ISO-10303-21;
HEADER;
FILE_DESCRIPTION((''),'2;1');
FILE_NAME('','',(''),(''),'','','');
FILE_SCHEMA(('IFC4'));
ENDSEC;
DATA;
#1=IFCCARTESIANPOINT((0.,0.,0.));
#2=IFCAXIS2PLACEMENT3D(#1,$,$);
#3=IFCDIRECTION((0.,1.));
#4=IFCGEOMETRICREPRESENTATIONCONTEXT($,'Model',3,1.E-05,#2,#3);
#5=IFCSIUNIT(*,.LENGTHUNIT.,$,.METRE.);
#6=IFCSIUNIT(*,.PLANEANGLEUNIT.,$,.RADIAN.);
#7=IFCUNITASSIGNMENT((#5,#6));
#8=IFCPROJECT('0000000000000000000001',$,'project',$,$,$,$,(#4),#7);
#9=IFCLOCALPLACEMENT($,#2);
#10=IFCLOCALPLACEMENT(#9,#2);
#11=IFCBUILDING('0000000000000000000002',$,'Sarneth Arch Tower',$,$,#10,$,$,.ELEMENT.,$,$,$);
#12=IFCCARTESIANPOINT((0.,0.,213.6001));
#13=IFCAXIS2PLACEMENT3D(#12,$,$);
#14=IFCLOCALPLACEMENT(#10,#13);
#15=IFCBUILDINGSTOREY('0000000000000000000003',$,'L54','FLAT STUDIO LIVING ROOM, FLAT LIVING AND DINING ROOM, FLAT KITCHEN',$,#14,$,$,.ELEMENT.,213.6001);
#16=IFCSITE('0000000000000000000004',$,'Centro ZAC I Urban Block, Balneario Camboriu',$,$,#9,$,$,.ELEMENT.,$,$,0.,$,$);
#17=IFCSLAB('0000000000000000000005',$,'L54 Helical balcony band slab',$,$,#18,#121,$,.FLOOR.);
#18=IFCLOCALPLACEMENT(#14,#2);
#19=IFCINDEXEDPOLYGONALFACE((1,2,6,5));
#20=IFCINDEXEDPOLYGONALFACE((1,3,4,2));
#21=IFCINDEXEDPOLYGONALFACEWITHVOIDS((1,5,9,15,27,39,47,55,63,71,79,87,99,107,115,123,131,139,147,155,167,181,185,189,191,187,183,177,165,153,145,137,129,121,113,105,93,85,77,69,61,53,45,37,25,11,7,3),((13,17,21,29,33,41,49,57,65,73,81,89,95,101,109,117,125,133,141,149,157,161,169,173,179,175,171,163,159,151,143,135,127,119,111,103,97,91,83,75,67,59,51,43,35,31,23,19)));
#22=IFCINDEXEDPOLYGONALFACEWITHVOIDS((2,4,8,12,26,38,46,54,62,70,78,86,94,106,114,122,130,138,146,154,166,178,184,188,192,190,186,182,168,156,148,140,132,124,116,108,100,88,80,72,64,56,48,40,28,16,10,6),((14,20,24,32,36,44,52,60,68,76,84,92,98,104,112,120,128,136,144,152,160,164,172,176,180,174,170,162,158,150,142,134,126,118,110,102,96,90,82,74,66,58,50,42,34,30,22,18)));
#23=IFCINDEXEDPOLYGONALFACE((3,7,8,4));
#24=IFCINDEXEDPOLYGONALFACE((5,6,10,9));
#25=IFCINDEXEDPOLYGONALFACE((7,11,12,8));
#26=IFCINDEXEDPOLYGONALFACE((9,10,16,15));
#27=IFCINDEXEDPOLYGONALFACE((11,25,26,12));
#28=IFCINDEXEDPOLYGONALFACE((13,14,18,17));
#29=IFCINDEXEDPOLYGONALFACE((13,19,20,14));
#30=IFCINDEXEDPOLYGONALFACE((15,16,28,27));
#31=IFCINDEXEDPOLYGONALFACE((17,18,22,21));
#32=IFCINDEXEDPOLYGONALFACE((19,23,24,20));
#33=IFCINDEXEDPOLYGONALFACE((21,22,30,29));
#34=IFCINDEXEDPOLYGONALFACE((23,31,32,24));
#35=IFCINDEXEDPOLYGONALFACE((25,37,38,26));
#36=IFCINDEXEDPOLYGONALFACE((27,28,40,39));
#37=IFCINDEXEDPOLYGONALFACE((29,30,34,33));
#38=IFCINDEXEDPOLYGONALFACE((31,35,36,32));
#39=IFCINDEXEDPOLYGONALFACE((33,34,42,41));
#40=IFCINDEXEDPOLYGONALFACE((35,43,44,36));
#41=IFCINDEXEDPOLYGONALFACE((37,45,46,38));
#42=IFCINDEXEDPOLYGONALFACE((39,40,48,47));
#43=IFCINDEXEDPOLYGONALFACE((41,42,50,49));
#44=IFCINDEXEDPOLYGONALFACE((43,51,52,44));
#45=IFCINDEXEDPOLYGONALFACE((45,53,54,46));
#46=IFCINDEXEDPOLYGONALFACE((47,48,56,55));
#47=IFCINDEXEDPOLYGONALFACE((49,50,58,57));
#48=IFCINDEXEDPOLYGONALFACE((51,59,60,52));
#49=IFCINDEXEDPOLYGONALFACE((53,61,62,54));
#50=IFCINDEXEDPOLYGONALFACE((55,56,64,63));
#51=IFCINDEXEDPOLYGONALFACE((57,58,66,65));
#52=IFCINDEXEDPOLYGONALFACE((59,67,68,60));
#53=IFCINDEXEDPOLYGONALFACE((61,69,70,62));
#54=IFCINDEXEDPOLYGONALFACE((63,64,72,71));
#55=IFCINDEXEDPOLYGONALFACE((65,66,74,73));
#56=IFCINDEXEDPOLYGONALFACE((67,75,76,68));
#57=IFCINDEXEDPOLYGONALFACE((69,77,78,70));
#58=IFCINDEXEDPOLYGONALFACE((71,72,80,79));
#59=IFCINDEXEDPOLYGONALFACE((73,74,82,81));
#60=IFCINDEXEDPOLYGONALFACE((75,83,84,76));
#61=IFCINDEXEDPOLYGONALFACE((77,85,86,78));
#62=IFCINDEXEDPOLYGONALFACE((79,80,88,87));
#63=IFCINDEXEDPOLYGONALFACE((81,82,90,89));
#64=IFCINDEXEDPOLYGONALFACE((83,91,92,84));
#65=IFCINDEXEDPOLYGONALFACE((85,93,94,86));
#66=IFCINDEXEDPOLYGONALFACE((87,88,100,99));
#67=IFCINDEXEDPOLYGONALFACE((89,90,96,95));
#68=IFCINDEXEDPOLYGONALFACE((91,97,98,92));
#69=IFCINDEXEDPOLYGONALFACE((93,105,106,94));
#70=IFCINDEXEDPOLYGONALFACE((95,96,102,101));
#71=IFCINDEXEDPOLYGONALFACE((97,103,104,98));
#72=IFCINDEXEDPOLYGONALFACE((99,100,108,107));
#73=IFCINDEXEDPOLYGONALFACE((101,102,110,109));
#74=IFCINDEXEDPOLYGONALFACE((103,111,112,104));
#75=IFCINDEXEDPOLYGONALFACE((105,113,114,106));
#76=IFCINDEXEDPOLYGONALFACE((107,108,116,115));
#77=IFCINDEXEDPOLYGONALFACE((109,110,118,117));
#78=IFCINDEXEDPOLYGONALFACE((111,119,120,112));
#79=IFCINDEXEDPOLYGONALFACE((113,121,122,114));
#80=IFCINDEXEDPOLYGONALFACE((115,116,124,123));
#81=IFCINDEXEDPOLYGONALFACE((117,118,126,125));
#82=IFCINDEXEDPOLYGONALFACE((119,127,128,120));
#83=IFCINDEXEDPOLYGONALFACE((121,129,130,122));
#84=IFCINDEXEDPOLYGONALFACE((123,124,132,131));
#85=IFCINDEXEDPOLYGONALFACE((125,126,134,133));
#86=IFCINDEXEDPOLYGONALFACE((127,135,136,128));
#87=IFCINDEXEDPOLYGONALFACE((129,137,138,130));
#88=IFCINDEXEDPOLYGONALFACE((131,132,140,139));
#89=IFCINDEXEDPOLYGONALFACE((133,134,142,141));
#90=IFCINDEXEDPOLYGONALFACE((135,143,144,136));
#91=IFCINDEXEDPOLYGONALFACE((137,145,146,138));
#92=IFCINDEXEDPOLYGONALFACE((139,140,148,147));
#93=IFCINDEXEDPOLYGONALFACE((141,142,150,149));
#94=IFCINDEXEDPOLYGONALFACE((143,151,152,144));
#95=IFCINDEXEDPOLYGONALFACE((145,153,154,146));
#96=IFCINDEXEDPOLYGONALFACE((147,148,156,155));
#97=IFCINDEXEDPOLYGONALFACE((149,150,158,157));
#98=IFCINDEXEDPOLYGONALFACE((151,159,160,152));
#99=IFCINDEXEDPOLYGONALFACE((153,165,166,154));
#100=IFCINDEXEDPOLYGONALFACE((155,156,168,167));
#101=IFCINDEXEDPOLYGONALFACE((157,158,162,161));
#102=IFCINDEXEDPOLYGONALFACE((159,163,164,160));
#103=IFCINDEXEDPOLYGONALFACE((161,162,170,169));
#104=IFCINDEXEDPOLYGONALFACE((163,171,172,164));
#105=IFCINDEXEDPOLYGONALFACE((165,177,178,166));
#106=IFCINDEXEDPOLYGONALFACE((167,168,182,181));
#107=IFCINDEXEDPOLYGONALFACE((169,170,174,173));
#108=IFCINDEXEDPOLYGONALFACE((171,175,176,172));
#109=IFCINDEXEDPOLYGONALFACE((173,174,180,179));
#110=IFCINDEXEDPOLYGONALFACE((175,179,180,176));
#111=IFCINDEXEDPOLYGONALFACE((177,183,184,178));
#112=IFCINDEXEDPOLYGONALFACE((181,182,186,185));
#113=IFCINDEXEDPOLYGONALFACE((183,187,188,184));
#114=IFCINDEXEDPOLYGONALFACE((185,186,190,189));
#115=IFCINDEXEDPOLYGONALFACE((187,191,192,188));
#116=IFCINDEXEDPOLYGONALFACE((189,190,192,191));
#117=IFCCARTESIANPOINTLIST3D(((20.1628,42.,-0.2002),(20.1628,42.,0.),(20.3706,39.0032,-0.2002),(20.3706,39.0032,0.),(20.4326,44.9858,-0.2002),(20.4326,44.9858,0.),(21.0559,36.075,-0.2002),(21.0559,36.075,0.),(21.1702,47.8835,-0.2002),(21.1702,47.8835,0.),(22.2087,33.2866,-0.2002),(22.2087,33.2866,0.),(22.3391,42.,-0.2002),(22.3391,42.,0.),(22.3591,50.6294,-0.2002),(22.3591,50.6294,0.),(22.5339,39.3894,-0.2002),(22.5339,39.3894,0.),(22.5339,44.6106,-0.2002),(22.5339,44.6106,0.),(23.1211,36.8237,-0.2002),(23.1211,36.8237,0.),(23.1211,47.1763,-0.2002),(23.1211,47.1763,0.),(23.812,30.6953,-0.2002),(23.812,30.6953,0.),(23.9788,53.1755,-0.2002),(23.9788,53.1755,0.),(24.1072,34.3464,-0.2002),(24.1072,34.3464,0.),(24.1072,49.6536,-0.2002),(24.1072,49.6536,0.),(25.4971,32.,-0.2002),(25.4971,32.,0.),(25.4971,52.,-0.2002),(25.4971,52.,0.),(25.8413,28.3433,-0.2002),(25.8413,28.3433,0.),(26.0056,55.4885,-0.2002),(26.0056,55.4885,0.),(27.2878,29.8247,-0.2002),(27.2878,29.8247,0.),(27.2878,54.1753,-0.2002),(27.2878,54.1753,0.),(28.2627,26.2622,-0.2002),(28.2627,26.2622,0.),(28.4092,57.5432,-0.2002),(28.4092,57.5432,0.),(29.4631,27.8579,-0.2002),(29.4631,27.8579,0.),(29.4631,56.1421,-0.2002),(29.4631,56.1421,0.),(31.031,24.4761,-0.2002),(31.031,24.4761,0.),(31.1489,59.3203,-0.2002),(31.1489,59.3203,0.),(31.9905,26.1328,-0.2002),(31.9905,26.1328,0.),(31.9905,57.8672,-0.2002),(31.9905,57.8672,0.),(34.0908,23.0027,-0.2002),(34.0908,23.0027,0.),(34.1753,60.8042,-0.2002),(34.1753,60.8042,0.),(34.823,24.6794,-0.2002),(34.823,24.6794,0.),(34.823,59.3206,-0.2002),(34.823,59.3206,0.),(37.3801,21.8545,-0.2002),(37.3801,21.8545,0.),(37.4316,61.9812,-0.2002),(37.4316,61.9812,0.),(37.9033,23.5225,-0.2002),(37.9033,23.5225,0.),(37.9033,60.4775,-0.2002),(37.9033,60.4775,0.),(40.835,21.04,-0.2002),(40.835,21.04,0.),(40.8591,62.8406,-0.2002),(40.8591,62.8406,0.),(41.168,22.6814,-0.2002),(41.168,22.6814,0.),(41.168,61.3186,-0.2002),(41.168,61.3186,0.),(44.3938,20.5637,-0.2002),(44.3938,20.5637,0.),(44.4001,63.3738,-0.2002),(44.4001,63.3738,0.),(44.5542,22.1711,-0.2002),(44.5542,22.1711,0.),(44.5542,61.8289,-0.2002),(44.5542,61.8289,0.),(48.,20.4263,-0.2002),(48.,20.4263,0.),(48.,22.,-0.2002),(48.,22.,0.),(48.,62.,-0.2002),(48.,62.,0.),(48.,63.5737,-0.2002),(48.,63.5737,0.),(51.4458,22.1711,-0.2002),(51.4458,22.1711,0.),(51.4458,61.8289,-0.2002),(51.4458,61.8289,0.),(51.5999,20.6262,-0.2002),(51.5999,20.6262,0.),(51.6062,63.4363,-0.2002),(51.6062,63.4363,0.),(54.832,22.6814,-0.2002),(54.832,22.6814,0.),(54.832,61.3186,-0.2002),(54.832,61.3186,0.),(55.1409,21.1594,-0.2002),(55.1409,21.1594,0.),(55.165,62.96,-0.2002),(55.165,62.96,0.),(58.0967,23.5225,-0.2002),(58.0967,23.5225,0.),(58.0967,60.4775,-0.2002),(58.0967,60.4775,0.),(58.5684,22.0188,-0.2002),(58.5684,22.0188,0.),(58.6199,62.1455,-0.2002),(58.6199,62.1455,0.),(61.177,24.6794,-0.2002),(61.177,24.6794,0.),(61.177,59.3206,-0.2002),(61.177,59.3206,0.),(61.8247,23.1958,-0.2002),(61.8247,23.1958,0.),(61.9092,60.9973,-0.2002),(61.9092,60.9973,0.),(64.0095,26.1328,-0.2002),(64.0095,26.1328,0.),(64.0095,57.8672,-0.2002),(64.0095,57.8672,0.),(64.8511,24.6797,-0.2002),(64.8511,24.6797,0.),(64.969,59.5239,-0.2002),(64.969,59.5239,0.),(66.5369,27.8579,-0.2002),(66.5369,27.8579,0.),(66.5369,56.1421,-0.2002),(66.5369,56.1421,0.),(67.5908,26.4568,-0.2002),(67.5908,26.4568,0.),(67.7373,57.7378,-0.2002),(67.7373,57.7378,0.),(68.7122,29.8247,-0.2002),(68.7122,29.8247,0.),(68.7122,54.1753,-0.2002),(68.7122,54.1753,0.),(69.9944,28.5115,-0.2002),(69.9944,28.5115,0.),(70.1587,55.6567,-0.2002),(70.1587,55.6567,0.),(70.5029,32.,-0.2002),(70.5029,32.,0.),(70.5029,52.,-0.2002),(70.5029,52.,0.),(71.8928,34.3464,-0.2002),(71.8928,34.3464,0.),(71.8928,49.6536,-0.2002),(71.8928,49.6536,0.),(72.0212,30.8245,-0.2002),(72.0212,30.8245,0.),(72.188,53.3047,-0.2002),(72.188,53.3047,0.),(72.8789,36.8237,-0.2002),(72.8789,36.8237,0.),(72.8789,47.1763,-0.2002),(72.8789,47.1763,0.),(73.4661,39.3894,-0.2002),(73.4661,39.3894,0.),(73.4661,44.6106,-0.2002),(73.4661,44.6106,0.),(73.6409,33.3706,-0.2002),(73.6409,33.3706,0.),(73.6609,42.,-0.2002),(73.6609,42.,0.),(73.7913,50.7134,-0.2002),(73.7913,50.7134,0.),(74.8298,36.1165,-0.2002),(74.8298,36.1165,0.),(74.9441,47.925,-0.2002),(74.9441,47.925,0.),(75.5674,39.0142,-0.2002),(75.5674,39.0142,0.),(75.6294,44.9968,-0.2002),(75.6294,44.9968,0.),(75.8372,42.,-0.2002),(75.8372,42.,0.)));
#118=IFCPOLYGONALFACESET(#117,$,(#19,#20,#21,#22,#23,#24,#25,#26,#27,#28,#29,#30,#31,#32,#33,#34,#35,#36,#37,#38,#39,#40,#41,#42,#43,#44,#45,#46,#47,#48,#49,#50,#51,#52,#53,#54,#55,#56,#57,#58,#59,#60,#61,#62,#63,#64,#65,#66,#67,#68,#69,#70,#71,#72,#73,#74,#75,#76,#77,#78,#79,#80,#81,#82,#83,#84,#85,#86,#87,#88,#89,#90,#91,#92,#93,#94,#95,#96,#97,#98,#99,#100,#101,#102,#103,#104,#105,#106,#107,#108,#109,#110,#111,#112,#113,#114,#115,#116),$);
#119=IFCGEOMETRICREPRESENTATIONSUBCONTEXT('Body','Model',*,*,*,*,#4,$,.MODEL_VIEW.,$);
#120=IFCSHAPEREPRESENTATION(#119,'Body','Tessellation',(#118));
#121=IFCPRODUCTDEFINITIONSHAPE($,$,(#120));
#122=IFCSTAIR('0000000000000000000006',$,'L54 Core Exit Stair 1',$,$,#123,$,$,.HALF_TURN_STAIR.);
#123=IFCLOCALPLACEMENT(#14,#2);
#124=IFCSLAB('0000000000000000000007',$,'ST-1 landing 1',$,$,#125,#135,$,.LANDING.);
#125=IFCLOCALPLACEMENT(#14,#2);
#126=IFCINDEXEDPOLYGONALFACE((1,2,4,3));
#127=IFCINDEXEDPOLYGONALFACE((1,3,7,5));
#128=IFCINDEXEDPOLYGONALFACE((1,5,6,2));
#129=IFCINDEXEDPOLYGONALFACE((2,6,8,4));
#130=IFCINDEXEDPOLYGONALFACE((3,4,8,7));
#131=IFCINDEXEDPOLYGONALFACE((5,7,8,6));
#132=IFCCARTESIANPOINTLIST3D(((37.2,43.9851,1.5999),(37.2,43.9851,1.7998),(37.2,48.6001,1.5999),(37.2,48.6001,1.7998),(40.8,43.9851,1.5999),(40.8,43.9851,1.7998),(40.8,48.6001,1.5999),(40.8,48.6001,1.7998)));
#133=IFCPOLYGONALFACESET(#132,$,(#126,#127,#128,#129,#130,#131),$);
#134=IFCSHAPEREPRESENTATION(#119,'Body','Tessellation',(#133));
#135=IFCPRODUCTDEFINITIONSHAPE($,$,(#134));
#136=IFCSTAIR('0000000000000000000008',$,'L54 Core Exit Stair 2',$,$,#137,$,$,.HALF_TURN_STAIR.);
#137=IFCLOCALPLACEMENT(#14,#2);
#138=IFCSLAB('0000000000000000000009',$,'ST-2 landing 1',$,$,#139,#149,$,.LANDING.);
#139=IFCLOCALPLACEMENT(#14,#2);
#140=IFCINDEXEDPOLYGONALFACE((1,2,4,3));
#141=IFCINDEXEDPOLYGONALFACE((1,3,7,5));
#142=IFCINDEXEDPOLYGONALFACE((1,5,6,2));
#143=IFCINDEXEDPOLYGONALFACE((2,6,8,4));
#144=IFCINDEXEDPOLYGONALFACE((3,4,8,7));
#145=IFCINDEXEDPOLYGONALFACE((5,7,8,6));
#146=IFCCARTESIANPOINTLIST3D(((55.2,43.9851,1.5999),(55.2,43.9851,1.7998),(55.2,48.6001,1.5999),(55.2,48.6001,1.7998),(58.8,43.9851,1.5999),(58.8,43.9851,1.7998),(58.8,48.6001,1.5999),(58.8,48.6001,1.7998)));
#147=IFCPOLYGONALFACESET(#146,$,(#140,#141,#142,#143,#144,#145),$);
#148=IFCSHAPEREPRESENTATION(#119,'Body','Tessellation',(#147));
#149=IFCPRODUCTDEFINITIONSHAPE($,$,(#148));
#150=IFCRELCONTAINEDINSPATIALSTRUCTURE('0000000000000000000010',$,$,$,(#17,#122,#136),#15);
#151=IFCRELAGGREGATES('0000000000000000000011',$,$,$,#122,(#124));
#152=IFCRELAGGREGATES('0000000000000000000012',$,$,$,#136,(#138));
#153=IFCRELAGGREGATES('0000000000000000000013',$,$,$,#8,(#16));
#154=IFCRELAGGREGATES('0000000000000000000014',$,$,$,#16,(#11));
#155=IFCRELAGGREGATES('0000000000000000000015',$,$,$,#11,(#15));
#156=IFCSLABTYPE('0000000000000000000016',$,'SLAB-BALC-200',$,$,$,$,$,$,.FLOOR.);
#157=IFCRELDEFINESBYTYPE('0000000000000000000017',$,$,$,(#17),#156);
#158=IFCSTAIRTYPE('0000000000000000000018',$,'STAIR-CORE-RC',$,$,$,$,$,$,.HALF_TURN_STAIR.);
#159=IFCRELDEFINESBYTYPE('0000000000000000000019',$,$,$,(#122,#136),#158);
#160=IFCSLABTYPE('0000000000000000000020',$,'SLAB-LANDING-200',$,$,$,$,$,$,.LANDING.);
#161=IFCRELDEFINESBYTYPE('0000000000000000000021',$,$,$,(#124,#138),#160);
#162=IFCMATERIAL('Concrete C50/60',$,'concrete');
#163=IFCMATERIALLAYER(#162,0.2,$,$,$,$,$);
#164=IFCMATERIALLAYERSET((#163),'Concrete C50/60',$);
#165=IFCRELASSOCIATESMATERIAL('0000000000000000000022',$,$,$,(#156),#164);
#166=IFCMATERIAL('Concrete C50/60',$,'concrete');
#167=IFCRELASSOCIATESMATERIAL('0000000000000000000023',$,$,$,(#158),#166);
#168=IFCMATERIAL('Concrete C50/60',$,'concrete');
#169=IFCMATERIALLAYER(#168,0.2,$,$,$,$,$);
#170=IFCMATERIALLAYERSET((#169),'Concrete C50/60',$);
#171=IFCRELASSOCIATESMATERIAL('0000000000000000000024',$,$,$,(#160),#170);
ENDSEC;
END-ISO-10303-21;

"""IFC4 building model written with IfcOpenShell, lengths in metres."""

from ifc_helpers import new_model, si_unit, direction, frame, origin, place, context, subcontext, project, spatial, polyline, outline, extrude, material, layer, layer_set, type_object, element, aggregate, save


model = new_model("IFC4")

# Units and contexts
model_context = context("Model", 3, precision=1e-05, world=origin(), true_north=direction((0.0, 1.0)))
body_context = subcontext(model_context, "Body", "Model", "MODEL_VIEW")
ifc_project = project(units=[si_unit("LENGTHUNIT", "METRE"), si_unit("PLANEANGLEUNIT", "RADIAN")], contexts=[model_context])

# Site, building, storey
site_placement = place(None, origin())
site = spatial("IfcSite", under=ifc_project, at=site_placement, Name="Centro ZAC I Urban Block, Balneario Camboriu", CompositionType="ELEMENT", RefElevation=0.0)
building_placement = place(site_placement, origin())
building = spatial("IfcBuilding", under=site, at=building_placement, Name="Sarneth Arch Tower", CompositionType="ELEMENT")
storey_placement = place(building_placement, frame((0.0, 0.0, 213.6001)))
storey = spatial("IfcBuildingStorey", under=building, at=storey_placement, Name="L54", Description="FLAT STUDIO LIVING ROOM, FLAT LIVING AND DINING ROOM, FLAT KITCHEN", CompositionType="ELEMENT", Elevation=213.6001)

# Slab
ifc_material_1 = material(Name="Concrete C50/60", Category="concrete")
ifc_layer_1 = layer(ifc_material_1, 0.2)
ifc_layer_set_1 = layer_set([ifc_layer_1], Name="Concrete C50/60")
slab_type_1 = type_object("IfcSlabType", Name="SLAB-BALC-200", PredefinedType="FLOOR", material=ifc_layer_set_1)
slab_1_placement = place(storey_placement, frame((0.0, 0.0, -0.2002)))
element("IfcSlab", 1, at=slab_1_placement, inside=storey, type_object=slab_type_1, Name="L54 Helical balcony band slab", PredefinedType="FLOOR", context=body_context, shape_type="SweptSolid", body=[
    extrude(outline(polyline([(75.8372, 42.0), (75.6294, 44.9968), (74.9441, 47.925), (73.7913, 50.7134), (72.188, 53.3047), (70.1587, 55.6567), (67.7373, 57.7378), (64.969, 59.5239), (61.9092, 60.9973), (58.6199, 62.1455), (55.165, 62.96), (51.6062, 63.4363), (48.0, 63.5737), (44.4001, 63.3738), (40.8591, 62.8406), (37.4316, 61.9812), (34.1753, 60.8042), (31.1489, 59.3203), (28.4092, 57.5432), (26.0056, 55.4885), (23.9788, 53.1755), (22.3591, 50.6294), (21.1702, 47.8835), (20.4326, 44.9858), (20.1628, 42.0), (20.3706, 39.0032), (21.0559, 36.075), (22.2087, 33.2866), (23.812, 30.6953), (25.8413, 28.3433), (28.2627, 26.2622), (31.031, 24.4761), (34.0908, 23.0027), (37.3801, 21.8545), (40.835, 21.04), (44.3938, 20.5637), (48.0, 20.4263), (51.5999, 20.6262), (55.1409, 21.1594), (58.5684, 22.0188), (61.8247, 23.1958), (64.8511, 24.6797), (67.5908, 26.4568), (69.9944, 28.5115), (72.0212, 30.8245), (73.6409, 33.3706), (74.8298, 36.1165), (75.5674, 39.0142), (75.8372, 42.0)]), holes=[polyline([(73.6609, 42.0), (73.4661, 44.6106), (72.8789, 47.1763), (71.8928, 49.6536), (70.5029, 52.0), (68.7122, 54.1753), (66.5369, 56.1421), (64.0095, 57.8672), (61.177, 59.3206), (58.0967, 60.4775), (54.832, 61.3186), (51.4458, 61.8289), (48.0, 62.0), (44.5542, 61.8289), (41.168, 61.3186), (37.9033, 60.4775), (34.823, 59.3206), (31.9905, 57.8672), (29.4631, 56.1421), (27.2878, 54.1753), (25.4971, 52.0), (24.1072, 49.6536), (23.1211, 47.1763), (22.5339, 44.6106), (22.3391, 42.0), (22.5339, 39.3894), (23.1211, 36.8237), (24.1072, 34.3464), (25.4971, 32.0), (27.2878, 29.8247), (29.4631, 27.8579), (31.9905, 26.1328), (34.823, 24.6794), (37.9033, 23.5225), (41.168, 22.6814), (44.5542, 22.1711), (48.0, 22.0), (51.4458, 22.1711), (54.832, 22.6814), (58.0967, 23.5225), (61.177, 24.6794), (64.0095, 26.1328), (66.5369, 27.8579), (68.7122, 29.8247), (70.5029, 32.0), (71.8928, 34.3464), (72.8789, 36.8237), (73.4661, 39.3894), (73.6609, 42.0)])]), origin(), (0.0, 0.0, 1.0), 0.2002),
])

# Stairs, slabs
ifc_material_2 = material(Name="Concrete C50/60", Category="concrete")
stair_type = type_object("IfcStairType", Name="STAIR-CORE-RC", PredefinedType="HALF_TURN_STAIR", material=ifc_material_2)
stair_1_placement = place(storey_placement, origin())
stair_1 = element("IfcStair", 2, at=stair_1_placement, inside=storey, type_object=stair_type, Name="L54 Core Exit Stair 1", PredefinedType="HALF_TURN_STAIR")
ifc_material_3 = material(Name="Concrete C50/60", Category="concrete")
ifc_layer_2 = layer(ifc_material_3, 0.2)
ifc_layer_set_2 = layer_set([ifc_layer_2], Name="Concrete C50/60")
slab_type_2 = type_object("IfcSlabType", Name="SLAB-LANDING-200", PredefinedType="LANDING", material=ifc_layer_set_2)
slab_2_placement = place(storey_placement, frame((0.0, 0.0, 1.5999)))
slab_2 = element("IfcSlab", 3, at=slab_2_placement, type_object=slab_type_2, Name="ST-1 landing 1", PredefinedType="LANDING", context=body_context, shape_type="SweptSolid", body=[
    extrude(outline(polyline([(37.2, 43.9851), (40.8, 43.9851), (40.8, 48.6001), (37.2, 48.6001), (37.2, 43.9851)])), origin(), (0.0, 0.0, 1.0), 0.2),
])
aggregate(stair_1, [slab_2])
stair_2_placement = place(storey_placement, origin())
stair_2 = element("IfcStair", 4, at=stair_2_placement, inside=storey, type_object=stair_type, Name="L54 Core Exit Stair 2", PredefinedType="HALF_TURN_STAIR")
slab_3_placement = place(storey_placement, frame((0.0, 0.0, 1.5999)))
slab_3 = element("IfcSlab", 5, at=slab_3_placement, type_object=slab_type_2, Name="ST-2 landing 1", PredefinedType="LANDING", context=body_context, shape_type="SweptSolid", body=[
    extrude(outline(polyline([(55.2, 43.9851), (58.8, 43.9851), (58.8, 48.6001), (55.2, 48.6001), (55.2, 43.9851)])), origin(), (0.0, 0.0, 1.0), 0.2),
])
aggregate(stair_2, [slab_3])

save(model, "model.ifc")
